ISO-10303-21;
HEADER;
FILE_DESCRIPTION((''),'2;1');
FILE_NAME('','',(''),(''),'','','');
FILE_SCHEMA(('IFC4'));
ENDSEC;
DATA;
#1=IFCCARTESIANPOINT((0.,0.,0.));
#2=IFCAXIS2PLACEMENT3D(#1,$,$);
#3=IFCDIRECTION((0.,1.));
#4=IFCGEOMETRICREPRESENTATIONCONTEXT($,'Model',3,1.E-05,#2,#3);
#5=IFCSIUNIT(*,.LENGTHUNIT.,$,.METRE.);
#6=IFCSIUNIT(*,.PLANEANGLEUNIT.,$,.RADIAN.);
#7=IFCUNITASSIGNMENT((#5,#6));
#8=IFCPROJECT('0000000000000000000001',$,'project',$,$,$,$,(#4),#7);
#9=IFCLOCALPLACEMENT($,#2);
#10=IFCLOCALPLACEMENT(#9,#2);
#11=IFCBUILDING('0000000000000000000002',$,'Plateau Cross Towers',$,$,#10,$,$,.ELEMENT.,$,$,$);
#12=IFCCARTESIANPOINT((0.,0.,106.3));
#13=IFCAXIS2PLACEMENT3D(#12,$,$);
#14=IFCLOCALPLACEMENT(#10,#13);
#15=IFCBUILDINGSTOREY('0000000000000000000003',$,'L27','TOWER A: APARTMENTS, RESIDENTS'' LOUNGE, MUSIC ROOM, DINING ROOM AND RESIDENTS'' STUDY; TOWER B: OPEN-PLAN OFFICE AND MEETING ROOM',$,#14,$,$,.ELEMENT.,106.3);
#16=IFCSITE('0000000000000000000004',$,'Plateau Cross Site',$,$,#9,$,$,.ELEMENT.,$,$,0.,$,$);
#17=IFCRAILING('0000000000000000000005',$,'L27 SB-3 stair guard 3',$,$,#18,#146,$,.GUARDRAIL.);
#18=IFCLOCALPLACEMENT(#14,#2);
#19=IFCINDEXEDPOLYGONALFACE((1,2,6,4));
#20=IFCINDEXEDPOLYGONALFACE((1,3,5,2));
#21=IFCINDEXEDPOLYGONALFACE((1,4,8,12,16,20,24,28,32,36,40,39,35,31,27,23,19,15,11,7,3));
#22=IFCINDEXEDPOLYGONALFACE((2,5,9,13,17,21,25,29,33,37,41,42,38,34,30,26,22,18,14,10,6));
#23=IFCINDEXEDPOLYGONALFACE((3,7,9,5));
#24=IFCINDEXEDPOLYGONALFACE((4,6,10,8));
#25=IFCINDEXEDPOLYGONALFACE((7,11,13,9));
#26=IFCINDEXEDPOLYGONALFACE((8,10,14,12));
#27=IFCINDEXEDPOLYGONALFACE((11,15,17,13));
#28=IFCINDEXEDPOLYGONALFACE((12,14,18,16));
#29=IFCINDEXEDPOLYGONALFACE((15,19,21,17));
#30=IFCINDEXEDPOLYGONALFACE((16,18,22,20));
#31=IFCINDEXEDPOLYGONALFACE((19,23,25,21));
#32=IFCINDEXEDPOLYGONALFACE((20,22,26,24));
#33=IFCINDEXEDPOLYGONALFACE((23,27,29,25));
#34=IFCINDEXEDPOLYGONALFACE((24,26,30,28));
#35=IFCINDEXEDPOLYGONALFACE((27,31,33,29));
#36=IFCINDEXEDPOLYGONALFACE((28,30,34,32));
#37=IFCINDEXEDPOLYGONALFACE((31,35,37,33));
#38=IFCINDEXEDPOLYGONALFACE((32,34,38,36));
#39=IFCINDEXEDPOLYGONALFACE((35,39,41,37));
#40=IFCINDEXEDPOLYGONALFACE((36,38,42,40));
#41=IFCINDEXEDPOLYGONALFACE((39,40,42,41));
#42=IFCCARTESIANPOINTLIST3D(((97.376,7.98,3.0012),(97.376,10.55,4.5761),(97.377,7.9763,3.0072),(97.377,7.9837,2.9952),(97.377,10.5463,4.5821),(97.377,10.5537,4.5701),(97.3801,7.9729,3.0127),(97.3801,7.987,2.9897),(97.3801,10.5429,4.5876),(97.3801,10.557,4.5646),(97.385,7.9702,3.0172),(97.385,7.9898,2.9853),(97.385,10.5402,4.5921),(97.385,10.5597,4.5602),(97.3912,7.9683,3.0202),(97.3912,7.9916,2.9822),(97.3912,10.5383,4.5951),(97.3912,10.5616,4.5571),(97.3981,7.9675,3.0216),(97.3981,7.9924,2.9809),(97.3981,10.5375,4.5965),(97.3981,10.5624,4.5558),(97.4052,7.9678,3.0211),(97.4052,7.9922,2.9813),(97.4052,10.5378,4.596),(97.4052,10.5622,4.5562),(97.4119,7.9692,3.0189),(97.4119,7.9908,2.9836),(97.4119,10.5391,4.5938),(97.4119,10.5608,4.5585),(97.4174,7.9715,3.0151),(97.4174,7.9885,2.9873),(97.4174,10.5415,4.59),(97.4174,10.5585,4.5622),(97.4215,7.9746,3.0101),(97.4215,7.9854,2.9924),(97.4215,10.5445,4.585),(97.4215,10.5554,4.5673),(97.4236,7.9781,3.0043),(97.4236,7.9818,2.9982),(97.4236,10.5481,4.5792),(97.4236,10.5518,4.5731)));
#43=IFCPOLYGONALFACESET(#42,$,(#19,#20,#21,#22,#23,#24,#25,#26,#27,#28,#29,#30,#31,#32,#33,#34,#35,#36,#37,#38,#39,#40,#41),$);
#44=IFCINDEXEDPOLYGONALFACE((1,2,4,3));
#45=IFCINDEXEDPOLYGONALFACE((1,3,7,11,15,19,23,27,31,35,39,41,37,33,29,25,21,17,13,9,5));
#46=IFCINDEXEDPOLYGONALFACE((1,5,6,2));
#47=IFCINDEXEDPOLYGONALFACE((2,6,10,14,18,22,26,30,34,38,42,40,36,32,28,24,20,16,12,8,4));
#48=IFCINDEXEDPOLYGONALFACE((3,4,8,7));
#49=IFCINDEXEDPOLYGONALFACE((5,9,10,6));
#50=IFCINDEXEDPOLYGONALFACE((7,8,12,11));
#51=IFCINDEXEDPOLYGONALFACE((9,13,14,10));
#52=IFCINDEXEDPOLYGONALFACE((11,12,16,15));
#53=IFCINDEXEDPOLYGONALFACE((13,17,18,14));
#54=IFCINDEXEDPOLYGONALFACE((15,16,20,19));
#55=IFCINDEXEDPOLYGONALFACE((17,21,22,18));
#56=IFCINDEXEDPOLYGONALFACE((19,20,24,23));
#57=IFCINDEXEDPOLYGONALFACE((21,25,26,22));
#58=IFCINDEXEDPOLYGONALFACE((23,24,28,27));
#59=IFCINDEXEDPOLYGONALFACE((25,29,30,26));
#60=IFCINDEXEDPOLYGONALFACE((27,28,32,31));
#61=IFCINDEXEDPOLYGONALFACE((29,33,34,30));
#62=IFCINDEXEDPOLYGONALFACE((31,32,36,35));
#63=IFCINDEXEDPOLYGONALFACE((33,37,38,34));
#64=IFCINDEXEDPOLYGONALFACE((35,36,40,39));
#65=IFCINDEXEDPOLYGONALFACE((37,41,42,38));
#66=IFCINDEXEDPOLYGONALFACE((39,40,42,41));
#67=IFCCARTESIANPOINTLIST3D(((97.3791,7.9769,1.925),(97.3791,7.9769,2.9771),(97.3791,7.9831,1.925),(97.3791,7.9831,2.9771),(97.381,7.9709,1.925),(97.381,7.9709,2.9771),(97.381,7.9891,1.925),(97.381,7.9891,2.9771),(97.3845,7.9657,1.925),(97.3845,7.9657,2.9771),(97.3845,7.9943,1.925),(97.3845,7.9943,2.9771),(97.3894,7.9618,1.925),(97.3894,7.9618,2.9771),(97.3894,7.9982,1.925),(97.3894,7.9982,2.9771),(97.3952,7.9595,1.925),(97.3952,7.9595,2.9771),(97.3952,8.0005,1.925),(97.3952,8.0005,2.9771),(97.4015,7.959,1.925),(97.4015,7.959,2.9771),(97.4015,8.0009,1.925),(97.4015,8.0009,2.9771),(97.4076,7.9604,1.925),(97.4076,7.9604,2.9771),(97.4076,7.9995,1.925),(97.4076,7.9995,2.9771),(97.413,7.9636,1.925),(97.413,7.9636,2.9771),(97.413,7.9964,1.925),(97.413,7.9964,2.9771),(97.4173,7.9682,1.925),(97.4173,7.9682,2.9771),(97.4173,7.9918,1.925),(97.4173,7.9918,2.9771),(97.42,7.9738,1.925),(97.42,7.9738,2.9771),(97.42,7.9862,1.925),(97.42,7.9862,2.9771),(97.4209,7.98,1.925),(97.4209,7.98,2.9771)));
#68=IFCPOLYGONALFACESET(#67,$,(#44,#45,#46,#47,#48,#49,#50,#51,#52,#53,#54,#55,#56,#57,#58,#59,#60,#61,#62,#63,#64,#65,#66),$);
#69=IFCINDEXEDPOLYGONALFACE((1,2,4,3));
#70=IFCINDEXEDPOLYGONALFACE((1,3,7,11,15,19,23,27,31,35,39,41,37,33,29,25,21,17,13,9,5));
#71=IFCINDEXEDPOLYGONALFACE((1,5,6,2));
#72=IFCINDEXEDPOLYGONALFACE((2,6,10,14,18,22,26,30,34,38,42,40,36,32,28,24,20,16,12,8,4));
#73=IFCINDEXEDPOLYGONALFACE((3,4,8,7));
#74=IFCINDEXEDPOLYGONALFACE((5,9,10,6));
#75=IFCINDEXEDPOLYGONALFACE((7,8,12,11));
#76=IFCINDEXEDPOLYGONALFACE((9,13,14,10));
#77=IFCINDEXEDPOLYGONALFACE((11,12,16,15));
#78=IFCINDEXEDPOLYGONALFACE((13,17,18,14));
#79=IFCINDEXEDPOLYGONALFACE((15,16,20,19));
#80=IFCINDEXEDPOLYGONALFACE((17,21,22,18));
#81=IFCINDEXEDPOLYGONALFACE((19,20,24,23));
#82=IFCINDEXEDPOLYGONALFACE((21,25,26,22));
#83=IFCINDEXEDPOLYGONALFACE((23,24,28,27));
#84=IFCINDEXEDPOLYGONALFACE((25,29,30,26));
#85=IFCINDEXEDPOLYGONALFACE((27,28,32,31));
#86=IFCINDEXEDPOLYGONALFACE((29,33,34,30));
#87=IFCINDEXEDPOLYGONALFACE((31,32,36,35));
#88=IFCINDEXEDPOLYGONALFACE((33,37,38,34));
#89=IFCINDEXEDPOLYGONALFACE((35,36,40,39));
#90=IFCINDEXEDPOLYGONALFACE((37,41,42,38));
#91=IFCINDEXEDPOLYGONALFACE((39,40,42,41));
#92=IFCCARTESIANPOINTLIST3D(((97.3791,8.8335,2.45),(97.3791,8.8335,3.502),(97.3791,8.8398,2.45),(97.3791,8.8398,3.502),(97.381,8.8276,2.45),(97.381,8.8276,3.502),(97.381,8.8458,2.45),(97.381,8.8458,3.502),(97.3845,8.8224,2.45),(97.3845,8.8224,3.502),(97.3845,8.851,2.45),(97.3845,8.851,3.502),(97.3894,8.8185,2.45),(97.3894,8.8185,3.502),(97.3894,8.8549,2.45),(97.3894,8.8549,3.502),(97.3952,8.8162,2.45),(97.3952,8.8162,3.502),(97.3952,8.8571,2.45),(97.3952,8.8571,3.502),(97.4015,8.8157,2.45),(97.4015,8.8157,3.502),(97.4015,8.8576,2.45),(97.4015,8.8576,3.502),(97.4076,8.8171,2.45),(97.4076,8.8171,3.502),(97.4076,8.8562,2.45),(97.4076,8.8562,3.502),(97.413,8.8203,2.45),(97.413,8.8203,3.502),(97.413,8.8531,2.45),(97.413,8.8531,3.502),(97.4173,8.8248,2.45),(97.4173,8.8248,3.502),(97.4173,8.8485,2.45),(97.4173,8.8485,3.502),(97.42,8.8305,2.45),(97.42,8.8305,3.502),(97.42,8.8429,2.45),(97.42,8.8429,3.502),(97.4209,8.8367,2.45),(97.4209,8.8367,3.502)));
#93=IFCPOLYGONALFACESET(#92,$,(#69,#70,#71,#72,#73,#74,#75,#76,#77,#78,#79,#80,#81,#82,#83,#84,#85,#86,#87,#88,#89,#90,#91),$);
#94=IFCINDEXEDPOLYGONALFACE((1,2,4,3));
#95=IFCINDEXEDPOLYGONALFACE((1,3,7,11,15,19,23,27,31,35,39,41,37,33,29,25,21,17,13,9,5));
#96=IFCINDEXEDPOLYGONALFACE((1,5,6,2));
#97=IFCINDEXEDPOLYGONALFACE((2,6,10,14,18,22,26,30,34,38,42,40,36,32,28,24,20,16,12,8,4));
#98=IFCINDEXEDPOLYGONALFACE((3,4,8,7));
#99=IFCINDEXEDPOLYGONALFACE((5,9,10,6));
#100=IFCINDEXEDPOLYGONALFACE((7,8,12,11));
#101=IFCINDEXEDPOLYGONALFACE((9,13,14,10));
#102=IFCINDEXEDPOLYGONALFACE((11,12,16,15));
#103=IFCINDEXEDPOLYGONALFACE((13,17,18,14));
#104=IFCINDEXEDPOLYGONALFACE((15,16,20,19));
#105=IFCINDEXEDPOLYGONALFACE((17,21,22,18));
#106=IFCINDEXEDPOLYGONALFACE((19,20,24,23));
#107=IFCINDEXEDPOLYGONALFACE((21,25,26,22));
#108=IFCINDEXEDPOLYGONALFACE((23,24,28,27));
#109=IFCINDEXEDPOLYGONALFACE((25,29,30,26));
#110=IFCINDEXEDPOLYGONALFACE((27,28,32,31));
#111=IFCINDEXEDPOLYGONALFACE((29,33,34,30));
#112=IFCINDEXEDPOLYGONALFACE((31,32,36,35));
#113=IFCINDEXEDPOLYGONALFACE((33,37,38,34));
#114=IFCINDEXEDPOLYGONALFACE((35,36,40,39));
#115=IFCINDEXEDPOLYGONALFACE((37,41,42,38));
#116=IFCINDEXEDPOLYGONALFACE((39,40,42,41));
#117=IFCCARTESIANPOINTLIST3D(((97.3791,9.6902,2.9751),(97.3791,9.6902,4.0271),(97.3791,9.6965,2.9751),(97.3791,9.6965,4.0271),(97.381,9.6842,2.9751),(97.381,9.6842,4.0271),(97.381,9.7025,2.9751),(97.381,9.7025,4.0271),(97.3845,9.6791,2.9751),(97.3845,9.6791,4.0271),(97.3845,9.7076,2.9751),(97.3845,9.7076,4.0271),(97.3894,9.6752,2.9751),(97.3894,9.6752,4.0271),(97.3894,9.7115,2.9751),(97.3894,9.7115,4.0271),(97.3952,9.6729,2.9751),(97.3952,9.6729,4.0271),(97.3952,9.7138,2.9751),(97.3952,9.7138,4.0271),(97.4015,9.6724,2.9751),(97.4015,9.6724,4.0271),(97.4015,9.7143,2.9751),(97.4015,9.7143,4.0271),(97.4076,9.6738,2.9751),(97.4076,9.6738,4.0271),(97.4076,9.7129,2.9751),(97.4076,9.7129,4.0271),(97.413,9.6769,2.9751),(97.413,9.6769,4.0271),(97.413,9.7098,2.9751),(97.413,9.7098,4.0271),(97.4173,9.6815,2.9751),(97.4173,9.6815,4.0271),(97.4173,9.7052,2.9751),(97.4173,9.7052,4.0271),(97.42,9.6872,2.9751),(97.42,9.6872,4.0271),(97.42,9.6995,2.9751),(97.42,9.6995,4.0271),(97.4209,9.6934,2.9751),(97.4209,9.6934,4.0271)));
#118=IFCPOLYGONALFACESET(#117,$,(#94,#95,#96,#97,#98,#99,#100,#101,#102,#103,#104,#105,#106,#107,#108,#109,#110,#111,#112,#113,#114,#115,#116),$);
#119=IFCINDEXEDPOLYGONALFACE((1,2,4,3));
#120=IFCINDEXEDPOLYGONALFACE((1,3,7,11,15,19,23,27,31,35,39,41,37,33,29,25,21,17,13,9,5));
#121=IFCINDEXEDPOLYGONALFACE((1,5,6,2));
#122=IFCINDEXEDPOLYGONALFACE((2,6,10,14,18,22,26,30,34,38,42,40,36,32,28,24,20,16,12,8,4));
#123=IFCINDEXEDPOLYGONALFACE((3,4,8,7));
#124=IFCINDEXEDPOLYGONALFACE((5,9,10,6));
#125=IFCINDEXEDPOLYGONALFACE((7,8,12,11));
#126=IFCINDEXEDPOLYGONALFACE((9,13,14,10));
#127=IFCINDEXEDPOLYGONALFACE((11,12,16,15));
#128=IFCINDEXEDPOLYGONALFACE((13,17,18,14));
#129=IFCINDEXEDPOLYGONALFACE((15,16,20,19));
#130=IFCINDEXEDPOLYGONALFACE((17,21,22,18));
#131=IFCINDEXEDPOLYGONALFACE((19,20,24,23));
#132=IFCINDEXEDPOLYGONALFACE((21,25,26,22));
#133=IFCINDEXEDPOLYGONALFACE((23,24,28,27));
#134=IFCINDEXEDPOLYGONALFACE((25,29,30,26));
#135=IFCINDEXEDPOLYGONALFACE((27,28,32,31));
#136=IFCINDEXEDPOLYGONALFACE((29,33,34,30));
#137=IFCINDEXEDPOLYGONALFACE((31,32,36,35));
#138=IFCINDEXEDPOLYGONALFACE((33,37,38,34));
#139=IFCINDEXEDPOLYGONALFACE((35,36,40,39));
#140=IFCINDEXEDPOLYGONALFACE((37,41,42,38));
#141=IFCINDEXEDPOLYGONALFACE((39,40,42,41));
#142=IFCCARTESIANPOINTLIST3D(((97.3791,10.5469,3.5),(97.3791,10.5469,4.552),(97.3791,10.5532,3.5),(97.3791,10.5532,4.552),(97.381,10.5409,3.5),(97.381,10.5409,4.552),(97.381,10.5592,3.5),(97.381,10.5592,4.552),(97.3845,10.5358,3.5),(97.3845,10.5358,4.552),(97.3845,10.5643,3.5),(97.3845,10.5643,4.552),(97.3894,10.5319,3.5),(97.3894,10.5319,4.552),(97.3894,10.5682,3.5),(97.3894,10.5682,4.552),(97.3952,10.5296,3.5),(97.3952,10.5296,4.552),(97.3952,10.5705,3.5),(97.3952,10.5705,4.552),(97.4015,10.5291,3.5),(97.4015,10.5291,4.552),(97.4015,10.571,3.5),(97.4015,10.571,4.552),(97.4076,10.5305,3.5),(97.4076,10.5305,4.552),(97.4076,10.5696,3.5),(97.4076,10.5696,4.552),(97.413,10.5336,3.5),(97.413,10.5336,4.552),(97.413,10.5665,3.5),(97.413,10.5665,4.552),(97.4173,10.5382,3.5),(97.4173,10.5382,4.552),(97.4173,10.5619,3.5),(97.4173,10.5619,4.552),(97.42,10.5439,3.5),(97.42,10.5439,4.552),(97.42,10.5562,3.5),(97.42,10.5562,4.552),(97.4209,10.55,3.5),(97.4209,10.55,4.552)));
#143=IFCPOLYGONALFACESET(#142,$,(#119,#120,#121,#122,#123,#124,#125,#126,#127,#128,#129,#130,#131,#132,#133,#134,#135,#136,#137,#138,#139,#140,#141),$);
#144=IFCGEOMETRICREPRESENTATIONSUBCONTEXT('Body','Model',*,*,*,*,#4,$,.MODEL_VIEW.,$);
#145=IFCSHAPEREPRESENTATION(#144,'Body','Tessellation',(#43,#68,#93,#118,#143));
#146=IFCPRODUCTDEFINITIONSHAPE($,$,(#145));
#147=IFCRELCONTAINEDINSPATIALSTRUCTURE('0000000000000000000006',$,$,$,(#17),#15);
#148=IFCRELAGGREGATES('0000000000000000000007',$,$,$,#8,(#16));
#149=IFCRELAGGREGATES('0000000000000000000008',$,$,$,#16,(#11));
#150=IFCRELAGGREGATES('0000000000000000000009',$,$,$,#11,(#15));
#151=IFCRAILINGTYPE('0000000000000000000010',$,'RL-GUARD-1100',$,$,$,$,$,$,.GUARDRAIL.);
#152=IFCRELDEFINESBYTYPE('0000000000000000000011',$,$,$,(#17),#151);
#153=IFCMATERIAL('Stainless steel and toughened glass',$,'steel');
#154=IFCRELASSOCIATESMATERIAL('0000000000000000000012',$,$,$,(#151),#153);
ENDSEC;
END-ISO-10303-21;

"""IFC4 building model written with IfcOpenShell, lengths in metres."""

from ifc_helpers import new_model, si_unit, direction, frame, origin, origin_2d, place, context, subcontext, project, spatial, circle, extrude, material, type_object, element, save


model = new_model("IFC4")

# Units and contexts
model_context = context("Model", 3, precision=1e-05, world=origin(), true_north=direction((0.0, 1.0)))
body_context = subcontext(model_context, "Body", "Model", "MODEL_VIEW")
ifc_project = project(units=[si_unit("LENGTHUNIT", "METRE"), si_unit("PLANEANGLEUNIT", "RADIAN")], contexts=[model_context])

# Site, building, storey
site_placement = place(None, origin())
site = spatial("IfcSite", under=ifc_project, at=site_placement, Name="Plateau Cross Site", CompositionType="ELEMENT", RefElevation=0.0)
building_placement = place(site_placement, origin())
building = spatial("IfcBuilding", under=site, at=building_placement, Name="Plateau Cross Towers", CompositionType="ELEMENT")
storey_placement = place(building_placement, frame((0.0, 0.0, 106.3)))
storey = spatial("IfcBuildingStorey", under=building, at=storey_placement, Name="L27", Description="TOWER A: APARTMENTS, RESIDENTS' LOUNGE, MUSIC ROOM, DINING ROOM AND RESIDENTS' STUDY; TOWER B: OPEN-PLAN OFFICE AND MEETING ROOM", CompositionType="ELEMENT", Elevation=106.3)

# Railing
ifc_material_1 = material(Name="Stainless steel and toughened glass", Category="steel")
railing_type_1 = type_object("IfcRailingType", Name="RL-GUARD-1100", PredefinedType="GUARDRAIL", material=ifc_material_1)
railing_1_placement = place(storey_placement, frame((97.3999, 7.98, 1.925)))
element("IfcRailing", 1, at=railing_1_placement, inside=storey, type_object=railing_type_1, Name="L27 SB-3 stair guard 3", PredefinedType="GUARDRAIL", context=body_context, shape_type="SweptSolid", body=[
    extrude(circle(Radius=0.0239, at=origin_2d()), frame((0.0, 0.0, 1.0762), z_axis=(0.0, 0.852639, 0.522501), x_axis=(-1.0, 0.0, 0.0)), (0.0, 0.0, 1.0), 3.0142),
    extrude(circle(Radius=0.021, at=origin_2d()), origin(), (0.0, 0.0, 1.0), 1.052),
    extrude(circle(Radius=0.021, at=origin_2d()), frame((0.0, 0.8567, 0.5249)), (0.0, 0.0, 1.0), 1.052),
    extrude(circle(Radius=0.021, at=origin_2d()), frame((0.0, 1.7134, 1.05)), (0.0, 0.0, 1.0), 1.052),
    extrude(circle(Radius=0.021, at=origin_2d()), frame((0.0, 2.5701, 1.575)), (0.0, 0.0, 1.0), 1.052),
])

save(model, "model.ifc")
